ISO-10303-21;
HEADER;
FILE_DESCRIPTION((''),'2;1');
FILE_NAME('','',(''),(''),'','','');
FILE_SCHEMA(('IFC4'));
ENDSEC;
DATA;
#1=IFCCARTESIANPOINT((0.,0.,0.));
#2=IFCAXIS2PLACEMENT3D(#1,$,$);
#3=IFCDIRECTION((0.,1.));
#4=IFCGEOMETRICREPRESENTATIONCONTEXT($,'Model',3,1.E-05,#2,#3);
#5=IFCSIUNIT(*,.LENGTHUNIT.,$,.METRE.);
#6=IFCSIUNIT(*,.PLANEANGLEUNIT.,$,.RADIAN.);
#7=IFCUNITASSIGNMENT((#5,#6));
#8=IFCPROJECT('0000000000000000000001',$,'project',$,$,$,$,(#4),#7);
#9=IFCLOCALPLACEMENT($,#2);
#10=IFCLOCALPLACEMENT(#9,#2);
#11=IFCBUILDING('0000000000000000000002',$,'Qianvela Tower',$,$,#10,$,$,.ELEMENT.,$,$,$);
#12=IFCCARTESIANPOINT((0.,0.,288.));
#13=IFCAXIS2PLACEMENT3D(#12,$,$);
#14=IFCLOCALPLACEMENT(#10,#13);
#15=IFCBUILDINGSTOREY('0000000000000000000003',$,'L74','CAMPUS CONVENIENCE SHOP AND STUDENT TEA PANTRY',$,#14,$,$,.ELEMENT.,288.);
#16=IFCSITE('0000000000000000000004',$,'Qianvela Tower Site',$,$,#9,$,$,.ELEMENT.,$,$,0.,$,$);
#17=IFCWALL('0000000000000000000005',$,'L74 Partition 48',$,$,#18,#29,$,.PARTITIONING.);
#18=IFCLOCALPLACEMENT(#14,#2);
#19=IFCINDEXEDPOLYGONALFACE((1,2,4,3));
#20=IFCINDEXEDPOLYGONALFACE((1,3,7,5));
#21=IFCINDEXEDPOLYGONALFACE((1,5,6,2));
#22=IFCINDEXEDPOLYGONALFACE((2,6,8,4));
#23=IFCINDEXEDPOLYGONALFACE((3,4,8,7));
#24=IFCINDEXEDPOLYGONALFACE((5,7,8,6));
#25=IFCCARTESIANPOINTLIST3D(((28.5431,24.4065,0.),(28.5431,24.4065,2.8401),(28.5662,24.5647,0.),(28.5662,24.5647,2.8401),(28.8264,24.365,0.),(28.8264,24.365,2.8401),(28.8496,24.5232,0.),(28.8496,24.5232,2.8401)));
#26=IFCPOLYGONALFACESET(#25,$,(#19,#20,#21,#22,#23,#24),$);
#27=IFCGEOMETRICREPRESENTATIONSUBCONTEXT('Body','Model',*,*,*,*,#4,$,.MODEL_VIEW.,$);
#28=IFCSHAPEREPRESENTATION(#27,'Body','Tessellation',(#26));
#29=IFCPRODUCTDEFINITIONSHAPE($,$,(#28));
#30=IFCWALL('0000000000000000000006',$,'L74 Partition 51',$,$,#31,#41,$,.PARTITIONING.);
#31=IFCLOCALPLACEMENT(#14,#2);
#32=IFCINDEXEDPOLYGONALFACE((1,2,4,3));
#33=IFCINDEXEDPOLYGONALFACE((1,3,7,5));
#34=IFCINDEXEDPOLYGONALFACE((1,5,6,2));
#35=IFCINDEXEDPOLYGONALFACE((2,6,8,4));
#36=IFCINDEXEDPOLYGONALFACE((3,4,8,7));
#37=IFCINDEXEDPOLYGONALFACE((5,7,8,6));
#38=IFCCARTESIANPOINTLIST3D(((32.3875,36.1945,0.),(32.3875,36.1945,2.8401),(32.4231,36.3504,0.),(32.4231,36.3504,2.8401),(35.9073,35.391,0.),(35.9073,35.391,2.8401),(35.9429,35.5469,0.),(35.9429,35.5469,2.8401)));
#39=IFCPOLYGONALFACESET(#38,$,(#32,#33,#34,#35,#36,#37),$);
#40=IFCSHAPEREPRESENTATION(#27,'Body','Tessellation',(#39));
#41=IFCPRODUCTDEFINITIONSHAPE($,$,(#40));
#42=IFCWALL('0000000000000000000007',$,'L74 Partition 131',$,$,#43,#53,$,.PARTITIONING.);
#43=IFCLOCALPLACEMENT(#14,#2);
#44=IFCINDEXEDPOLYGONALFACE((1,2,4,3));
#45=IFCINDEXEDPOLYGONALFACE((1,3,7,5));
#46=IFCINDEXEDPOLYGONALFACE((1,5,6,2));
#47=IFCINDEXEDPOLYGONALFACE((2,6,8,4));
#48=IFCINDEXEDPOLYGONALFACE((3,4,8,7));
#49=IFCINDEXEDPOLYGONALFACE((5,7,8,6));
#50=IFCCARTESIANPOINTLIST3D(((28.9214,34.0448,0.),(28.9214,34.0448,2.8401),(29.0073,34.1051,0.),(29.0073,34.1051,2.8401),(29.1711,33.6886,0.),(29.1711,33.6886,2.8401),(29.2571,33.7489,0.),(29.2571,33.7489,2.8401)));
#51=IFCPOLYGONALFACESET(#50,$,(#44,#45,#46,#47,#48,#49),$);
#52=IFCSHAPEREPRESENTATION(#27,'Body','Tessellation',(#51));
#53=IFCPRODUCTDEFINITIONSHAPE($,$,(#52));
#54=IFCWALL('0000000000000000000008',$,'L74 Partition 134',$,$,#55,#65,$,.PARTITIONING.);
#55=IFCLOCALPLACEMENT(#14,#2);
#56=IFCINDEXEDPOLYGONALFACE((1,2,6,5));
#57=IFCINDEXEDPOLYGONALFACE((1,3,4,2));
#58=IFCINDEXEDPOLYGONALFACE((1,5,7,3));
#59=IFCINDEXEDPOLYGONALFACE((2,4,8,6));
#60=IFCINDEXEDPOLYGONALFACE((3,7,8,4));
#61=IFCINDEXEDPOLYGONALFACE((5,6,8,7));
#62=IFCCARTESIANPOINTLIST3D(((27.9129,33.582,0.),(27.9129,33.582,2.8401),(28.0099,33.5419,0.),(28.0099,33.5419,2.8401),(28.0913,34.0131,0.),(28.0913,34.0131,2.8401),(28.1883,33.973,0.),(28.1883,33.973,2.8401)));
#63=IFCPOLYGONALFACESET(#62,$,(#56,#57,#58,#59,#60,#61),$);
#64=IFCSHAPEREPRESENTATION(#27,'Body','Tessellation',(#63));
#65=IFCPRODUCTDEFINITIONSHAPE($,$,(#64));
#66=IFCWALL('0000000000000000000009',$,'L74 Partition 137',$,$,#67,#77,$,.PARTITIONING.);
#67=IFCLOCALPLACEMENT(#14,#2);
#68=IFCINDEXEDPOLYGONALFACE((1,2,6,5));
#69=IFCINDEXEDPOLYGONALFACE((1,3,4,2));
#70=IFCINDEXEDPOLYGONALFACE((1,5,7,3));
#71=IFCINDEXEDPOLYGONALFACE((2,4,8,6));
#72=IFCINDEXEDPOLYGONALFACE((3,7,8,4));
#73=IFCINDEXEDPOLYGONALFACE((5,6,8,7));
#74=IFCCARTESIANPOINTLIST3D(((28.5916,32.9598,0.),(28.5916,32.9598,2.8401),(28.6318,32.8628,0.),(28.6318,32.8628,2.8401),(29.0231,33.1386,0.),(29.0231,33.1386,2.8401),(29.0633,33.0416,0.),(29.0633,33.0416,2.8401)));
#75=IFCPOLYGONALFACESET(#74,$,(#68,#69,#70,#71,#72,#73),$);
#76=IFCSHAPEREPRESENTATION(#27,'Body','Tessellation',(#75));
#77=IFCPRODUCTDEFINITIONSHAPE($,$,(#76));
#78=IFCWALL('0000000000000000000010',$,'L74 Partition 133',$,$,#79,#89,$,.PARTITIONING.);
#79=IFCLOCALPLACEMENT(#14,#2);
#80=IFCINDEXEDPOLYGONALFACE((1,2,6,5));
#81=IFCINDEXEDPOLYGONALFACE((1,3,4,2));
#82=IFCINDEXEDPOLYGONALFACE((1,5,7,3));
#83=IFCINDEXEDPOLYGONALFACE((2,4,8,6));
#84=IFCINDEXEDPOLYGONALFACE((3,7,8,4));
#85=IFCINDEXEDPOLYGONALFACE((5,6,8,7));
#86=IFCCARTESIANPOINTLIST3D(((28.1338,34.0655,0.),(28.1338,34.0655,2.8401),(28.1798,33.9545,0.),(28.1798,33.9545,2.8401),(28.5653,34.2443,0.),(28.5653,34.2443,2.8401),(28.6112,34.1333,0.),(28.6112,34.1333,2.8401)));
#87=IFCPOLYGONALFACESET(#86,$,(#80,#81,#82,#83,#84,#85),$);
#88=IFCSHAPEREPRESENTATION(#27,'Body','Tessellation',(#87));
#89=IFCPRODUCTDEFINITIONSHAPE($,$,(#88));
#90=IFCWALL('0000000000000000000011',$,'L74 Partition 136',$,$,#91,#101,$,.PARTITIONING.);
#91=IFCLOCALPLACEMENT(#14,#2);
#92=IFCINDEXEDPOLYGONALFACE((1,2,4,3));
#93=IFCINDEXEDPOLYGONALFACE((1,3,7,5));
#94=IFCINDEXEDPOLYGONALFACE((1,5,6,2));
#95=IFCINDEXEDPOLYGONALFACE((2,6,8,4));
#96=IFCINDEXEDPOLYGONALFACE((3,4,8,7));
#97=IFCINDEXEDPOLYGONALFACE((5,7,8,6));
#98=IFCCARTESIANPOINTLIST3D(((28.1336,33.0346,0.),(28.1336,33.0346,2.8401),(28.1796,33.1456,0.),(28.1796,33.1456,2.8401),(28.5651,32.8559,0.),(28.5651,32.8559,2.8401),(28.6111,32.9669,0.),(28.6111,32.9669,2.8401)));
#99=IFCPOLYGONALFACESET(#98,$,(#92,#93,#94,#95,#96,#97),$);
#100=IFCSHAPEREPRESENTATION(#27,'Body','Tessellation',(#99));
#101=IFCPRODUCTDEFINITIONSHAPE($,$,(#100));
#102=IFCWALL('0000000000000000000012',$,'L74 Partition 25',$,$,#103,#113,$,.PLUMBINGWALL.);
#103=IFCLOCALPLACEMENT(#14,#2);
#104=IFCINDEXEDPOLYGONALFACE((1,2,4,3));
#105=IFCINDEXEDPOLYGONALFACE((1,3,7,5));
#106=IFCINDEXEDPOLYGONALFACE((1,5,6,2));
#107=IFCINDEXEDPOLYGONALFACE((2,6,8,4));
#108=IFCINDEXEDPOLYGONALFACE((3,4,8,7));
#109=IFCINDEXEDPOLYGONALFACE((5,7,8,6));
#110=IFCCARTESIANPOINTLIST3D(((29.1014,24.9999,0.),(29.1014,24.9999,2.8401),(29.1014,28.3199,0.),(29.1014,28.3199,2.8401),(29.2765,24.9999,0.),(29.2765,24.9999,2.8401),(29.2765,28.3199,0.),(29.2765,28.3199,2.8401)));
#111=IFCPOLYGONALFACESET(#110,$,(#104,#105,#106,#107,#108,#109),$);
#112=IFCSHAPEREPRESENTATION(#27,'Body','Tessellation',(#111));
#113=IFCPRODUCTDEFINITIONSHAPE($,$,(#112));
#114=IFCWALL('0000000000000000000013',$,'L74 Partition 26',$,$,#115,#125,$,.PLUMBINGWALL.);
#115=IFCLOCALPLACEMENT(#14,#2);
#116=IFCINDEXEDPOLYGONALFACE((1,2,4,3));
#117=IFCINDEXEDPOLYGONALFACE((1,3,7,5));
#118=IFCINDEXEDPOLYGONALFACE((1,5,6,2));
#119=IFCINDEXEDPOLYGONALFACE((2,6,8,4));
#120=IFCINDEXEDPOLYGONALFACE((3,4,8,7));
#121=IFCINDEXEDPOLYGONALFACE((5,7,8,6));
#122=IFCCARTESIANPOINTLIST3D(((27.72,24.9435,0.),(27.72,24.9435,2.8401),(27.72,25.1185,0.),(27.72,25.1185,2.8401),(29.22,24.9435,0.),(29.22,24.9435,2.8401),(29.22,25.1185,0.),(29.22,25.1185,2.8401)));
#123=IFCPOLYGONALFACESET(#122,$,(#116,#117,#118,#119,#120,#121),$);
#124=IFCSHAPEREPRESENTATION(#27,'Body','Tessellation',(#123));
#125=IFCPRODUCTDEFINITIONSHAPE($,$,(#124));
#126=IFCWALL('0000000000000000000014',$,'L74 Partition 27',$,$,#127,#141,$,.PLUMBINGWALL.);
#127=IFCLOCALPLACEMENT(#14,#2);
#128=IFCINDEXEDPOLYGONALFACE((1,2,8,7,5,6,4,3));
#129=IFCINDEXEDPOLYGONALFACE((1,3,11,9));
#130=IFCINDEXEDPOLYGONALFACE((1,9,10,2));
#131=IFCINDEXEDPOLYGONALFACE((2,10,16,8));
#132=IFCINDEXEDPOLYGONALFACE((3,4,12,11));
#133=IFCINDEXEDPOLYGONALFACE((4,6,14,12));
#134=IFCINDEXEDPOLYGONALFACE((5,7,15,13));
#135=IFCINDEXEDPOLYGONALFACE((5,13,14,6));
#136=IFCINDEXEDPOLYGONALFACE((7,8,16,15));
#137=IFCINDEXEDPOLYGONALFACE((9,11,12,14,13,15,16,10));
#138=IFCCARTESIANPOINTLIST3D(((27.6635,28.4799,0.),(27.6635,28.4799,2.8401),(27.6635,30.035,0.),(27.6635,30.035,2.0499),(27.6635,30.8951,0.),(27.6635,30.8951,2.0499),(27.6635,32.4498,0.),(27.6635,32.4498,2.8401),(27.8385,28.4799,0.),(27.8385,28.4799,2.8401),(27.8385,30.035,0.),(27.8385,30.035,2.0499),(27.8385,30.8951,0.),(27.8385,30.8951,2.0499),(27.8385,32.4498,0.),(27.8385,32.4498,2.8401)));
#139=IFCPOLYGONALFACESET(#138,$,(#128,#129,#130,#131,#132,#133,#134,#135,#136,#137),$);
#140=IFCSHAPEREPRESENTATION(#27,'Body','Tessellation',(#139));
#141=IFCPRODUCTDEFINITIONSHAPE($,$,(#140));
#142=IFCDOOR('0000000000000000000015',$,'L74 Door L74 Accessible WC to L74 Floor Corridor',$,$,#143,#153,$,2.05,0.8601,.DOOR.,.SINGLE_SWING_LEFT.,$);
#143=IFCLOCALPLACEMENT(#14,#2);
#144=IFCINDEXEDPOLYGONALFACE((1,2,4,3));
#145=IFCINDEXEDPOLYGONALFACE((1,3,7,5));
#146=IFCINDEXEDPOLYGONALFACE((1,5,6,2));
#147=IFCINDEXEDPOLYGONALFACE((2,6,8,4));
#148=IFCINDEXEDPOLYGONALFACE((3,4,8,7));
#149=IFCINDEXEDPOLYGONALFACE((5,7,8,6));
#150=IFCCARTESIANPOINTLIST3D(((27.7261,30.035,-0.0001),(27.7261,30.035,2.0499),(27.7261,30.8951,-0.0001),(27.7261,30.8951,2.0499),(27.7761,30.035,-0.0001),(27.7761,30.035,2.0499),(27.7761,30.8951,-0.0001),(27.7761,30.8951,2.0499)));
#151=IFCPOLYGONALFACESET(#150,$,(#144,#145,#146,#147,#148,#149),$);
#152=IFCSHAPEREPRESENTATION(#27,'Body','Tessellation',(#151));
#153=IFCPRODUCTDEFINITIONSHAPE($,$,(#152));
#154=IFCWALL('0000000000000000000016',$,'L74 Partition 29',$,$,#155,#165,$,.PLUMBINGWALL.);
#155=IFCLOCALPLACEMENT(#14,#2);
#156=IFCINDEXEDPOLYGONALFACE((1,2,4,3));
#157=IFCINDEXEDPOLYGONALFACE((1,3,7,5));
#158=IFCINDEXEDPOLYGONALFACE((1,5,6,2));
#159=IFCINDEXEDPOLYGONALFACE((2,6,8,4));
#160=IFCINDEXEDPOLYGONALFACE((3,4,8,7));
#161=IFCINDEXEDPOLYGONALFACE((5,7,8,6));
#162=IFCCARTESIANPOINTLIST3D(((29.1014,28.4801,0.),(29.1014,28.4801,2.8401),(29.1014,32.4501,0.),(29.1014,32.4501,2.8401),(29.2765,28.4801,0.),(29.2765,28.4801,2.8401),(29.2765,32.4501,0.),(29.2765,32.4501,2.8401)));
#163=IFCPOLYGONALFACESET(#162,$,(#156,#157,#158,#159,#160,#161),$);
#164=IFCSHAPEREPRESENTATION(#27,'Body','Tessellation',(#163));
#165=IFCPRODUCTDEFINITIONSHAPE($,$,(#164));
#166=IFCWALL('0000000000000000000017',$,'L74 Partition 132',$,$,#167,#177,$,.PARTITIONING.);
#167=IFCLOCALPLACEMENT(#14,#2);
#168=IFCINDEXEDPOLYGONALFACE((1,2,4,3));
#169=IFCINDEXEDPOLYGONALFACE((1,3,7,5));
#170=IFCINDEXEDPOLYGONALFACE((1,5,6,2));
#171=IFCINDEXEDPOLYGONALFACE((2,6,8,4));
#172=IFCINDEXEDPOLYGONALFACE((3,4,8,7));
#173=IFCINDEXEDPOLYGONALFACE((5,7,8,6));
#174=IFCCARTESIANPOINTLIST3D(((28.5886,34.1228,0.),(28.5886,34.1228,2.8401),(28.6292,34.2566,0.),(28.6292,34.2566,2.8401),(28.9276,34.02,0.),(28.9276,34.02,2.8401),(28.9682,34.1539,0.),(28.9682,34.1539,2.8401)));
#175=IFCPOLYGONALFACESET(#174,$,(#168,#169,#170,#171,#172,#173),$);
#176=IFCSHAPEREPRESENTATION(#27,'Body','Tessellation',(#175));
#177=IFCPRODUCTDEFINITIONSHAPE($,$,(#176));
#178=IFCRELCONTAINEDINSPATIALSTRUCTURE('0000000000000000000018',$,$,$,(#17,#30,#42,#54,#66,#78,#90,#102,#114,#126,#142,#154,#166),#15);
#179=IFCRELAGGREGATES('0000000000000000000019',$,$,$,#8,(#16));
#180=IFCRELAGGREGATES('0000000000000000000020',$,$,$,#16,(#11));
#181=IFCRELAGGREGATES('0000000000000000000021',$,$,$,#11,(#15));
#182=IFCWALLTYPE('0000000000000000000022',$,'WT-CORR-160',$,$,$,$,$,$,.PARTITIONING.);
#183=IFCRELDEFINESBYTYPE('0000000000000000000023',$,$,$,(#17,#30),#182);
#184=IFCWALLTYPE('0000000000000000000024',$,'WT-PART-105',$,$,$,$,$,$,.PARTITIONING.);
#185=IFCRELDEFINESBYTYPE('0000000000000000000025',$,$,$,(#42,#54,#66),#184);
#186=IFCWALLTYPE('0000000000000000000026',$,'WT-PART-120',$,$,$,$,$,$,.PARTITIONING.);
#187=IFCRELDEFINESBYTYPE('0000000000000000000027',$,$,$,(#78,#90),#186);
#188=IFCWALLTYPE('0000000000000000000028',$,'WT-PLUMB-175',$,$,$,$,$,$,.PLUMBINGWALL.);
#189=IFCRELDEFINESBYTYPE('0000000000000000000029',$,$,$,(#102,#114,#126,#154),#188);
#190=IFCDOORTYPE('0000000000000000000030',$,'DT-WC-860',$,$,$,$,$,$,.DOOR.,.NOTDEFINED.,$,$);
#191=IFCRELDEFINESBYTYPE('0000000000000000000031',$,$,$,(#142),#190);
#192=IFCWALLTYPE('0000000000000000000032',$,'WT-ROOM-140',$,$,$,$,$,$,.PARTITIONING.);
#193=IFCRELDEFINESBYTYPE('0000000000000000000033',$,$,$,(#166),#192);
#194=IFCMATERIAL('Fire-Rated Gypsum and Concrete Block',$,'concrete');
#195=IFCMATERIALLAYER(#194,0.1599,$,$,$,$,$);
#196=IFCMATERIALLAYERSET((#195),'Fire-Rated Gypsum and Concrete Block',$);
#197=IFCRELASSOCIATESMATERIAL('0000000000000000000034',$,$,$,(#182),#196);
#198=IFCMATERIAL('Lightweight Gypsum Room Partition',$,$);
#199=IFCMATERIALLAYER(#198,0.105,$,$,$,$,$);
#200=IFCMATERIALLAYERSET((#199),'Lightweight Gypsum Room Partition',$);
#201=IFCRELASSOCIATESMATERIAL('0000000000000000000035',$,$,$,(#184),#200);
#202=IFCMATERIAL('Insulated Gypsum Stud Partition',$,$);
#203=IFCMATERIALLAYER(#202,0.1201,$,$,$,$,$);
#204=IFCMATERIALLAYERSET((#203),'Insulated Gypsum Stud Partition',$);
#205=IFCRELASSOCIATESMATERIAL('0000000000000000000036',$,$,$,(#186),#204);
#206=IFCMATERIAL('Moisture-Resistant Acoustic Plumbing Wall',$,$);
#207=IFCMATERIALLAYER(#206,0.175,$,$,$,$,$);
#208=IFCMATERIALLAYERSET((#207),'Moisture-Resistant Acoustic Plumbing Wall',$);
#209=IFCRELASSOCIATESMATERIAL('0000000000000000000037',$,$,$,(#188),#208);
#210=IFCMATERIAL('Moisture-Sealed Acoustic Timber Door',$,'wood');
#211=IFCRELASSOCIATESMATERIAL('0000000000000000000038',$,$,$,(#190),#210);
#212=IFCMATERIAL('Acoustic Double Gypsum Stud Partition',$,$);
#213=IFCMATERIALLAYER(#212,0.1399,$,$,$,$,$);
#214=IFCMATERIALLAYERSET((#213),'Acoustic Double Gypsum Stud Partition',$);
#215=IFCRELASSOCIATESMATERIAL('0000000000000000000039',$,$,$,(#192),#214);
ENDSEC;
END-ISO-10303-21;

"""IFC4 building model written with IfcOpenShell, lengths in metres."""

from ifc_helpers import new_model, si_unit, direction, frame, frame_2d, origin, place, context, subcontext, project, spatial, rectangle, extrude, material, layer, layer_set, type_object, element, fill, save


model = new_model("IFC4")

# Units and contexts
model_context = context("Model", 3, precision=1e-05, world=origin(), true_north=direction((0.0, 1.0)))
body_context = subcontext(model_context, "Body", "Model", "MODEL_VIEW")
ifc_project = project(units=[si_unit("LENGTHUNIT", "METRE"), si_unit("PLANEANGLEUNIT", "RADIAN")], contexts=[model_context])

# Site, building, storey
site_placement = place(None, origin())
site = spatial("IfcSite", under=ifc_project, at=site_placement, Name="Qianvela Tower Site", CompositionType="ELEMENT", RefElevation=0.0)
building_placement = place(site_placement, origin())
building = spatial("IfcBuilding", under=site, at=building_placement, Name="Qianvela Tower", CompositionType="ELEMENT")
storey_placement = place(building_placement, frame((0.0, 0.0, 288.0)))
storey = spatial("IfcBuildingStorey", under=building, at=storey_placement, Name="L74", Description="CAMPUS CONVENIENCE SHOP AND STUDENT TEA PANTRY", CompositionType="ELEMENT", Elevation=288.0)

# Walls
ifc_material_1 = material(Name="Fire-Rated Gypsum and Concrete Block", Category="concrete")
ifc_layer_1 = layer(ifc_material_1, 0.1599)
ifc_layer_set_1 = layer_set([ifc_layer_1], Name="Fire-Rated Gypsum and Concrete Block")
wall_type_1 = type_object("IfcWallType", Name="WT-CORR-160", PredefinedType="PARTITIONING", material=ifc_layer_set_1)
wall_1_placement = place(storey_placement, frame((28.8379, 24.4441, 0.0), z_axis=(0.0, 0.0, 1.0), x_axis=(-0.989449, 0.144881, 0.0)))
element("IfcWall", 1, at=wall_1_placement, inside=storey, type_object=wall_type_1, Name="L74 Partition 48", PredefinedType="PARTITIONING", context=body_context, shape_type="SweptSolid", body=[
    extrude(rectangle(XDim=0.2864, YDim=0.1599, at=frame_2d((0.1431, 0.0))), origin(), (0.0, 0.0, 1.0), 2.8401),
])
wall_2_placement = place(storey_placement, frame((32.4053, 36.2725, 0.0), z_axis=(0.0, 0.0, 1.0), x_axis=(0.974922, -0.222548, 0.0)))
element("IfcWall", 2, at=wall_2_placement, inside=storey, type_object=wall_type_1, Name="L74 Partition 51", PredefinedType="PARTITIONING", context=body_context, shape_type="SweptSolid", body=[
    extrude(rectangle(XDim=3.6104, YDim=0.1599, at=frame_2d((1.8052, 0.0))), origin(), (0.0, 0.0, 1.0), 2.8401),
])
ifc_material_2 = material(Name="Lightweight Gypsum Room Partition")
ifc_layer_2 = layer(ifc_material_2, 0.105)
ifc_layer_set_2 = layer_set([ifc_layer_2], Name="Lightweight Gypsum Room Partition")
wall_type_2 = type_object("IfcWallType", Name="WT-PART-105", PredefinedType="PARTITIONING", material=ifc_layer_set_2)
wall_3_placement = place(storey_placement, frame((29.2141, 33.7188, 0.0), z_axis=(0.0, 0.0, 1.0), x_axis=(-0.574102, 0.818783, 0.0)))
element("IfcWall", 3, at=wall_3_placement, inside=storey, type_object=wall_type_2, Name="L74 Partition 131", PredefinedType="PARTITIONING", context=body_context, shape_type="SweptSolid", body=[
    extrude(rectangle(XDim=0.4351, YDim=0.105, at=frame_2d((0.2175, 0.0))), origin(), (0.0, 0.0, 1.0), 2.8401),
])
wall_4_placement = place(storey_placement, frame((28.1399, 33.9932, 0.0), z_axis=(0.0, 0.0, 1.0), x_axis=(-0.38246, -0.923972, 0.0)))
element("IfcWall", 4, at=wall_4_placement, inside=storey, type_object=wall_type_2, Name="L74 Partition 134", PredefinedType="PARTITIONING", context=body_context, shape_type="SweptSolid", body=[
    extrude(rectangle(XDim=0.4666, YDim=0.105, at=frame_2d((0.2334, 0.0))), origin(), (0.0, 0.0, 1.0), 2.8401),
])
wall_5_placement = place(storey_placement, frame((28.6118, 32.9114, 0.0), z_axis=(0.0, 0.0, 1.0), x_axis=(0.923864, 0.382721, 0.0)))
element("IfcWall", 5, at=wall_5_placement, inside=storey, type_object=wall_type_2, Name="L74 Partition 137", PredefinedType="PARTITIONING", context=body_context, shape_type="SweptSolid", body=[
    extrude(rectangle(XDim=0.467, YDim=0.105, at=frame_2d((0.2334, 0.0))), origin(), (0.0, 0.0, 1.0), 2.8401),
])
ifc_material_3 = material(Name="Insulated Gypsum Stud Partition")
ifc_layer_3 = layer(ifc_material_3, 0.1201)
ifc_layer_set_3 = layer_set([ifc_layer_3], Name="Insulated Gypsum Stud Partition")
wall_type_3 = type_object("IfcWallType", Name="WT-PART-120", PredefinedType="PARTITIONING", material=ifc_layer_set_3)
for number, where, z_axis, x_axis, name in (
    (6, (28.5881, 34.1887, 0.0), (0.0, 0.0, 1.0), (-0.923864, -0.382721, 0.0), "L74 Partition 133"),
    (7, (28.1567, 33.0901, 0.0), (0.0, 0.0, 1.0), (0.923864, -0.382721, 0.0), "L74 Partition 136"),
):
    element("IfcWall", number, at=place(storey_placement, frame(where, z_axis=z_axis, x_axis=x_axis)), inside=storey, type_object=wall_type_3, Name=name, PredefinedType="PARTITIONING", context=body_context, shape_type="SweptSolid", body=[
        extrude(rectangle(XDim=0.467, YDim=0.1201, at=frame_2d((0.2334, 0.0))), origin(), (0.0, 0.0, 1.0), 2.8401),
    ])
ifc_material_4 = material(Name="Moisture-Resistant Acoustic Plumbing Wall")
ifc_layer_4 = layer(ifc_material_4, 0.175)
ifc_layer_set_4 = layer_set([ifc_layer_4], Name="Moisture-Resistant Acoustic Plumbing Wall")
wall_type_4 = type_object("IfcWallType", Name="WT-PLUMB-175", PredefinedType="PLUMBINGWALL", material=ifc_layer_set_4)
wall_6_placement = place(storey_placement, frame((29.189, 28.3201, 0.0), z_axis=(0.0, 0.0, 1.0), x_axis=(0.0, -1.0, 0.0)))
element("IfcWall", 8, at=wall_6_placement, inside=storey, type_object=wall_type_4, Name="L74 Partition 25", PredefinedType="PLUMBINGWALL", context=body_context, shape_type="SweptSolid", body=[
    extrude(rectangle(XDim=3.3201, YDim=0.175, at=frame_2d((1.6602, 0.0))), origin(), (0.0, 0.0, 1.0), 2.8401),
])
wall_7_placement = place(storey_placement, frame((29.22, 25.031, 0.0), z_axis=(0.0, 0.0, 1.0), x_axis=(-1.0, 0.0, 0.0)))
element("IfcWall", 9, at=wall_7_placement, inside=storey, type_object=wall_type_4, Name="L74 Partition 26", PredefinedType="PLUMBINGWALL", context=body_context, shape_type="SweptSolid", body=[
    extrude(rectangle(XDim=1.5, YDim=0.175, at=frame_2d((0.75, 0.0))), origin(), (0.0, 0.0, 1.0), 2.8401),
])

# Wall, opening, door
wall_8_placement = place(storey_placement, frame((27.751, 28.48, 0.0), z_axis=(0.0, 0.0, 1.0), x_axis=(0.0, 1.0, 0.0)))
wall_8 = element("IfcWall", 10, at=wall_8_placement, inside=storey, type_object=wall_type_4, Name="L74 Partition 27", PredefinedType="PLUMBINGWALL", context=body_context, shape_type="SweptSolid", body=[
    extrude(rectangle(XDim=3.97, YDim=0.175, at=frame_2d((1.9849, 0.0))), origin(), (0.0, 0.0, 1.0), 2.8401),
])
opening_1_placement = place(wall_8_placement, frame((1.5549, 0.0, 0.0)))
opening_1 = element("IfcOpeningElement", 11, at=opening_1_placement, cuts=wall_8, PredefinedType="OPENING", context=body_context, shape_type="SweptSolid", body=[
    extrude(rectangle(XDim=0.8601, YDim=2.05, at=frame_2d((0.4302, 1.0249))), frame((0.0, 0.0974, 0.0), z_axis=(0.0, -1.0, 0.0), x_axis=(1.0, 0.0, 0.0)), (0.0, 0.0, 1.0), 0.1951),
])
ifc_material_5 = material(Name="Moisture-Sealed Acoustic Timber Door", Category="wood")
door_type_1 = type_object("IfcDoorType", Name="DT-WC-860", OperationType="NOTDEFINED", PredefinedType="DOOR", material=ifc_material_5)
door_1_placement = place(opening_1_placement, origin())
door_1 = element("IfcDoor", 12, at=door_1_placement, inside=storey, type_object=door_type_1, Name="L74 Door L74 Accessible WC to L74 Floor Corridor", OperationType="SINGLE_SWING_LEFT", OverallHeight=2.05, OverallWidth=0.8601, PredefinedType="DOOR", context=body_context, shape_type="SweptSolid", body=[
    extrude(rectangle(XDim=0.8601, YDim=2.05, at=frame_2d((0.4302, 1.0249))), frame((0.0, 0.0249, 0.0), z_axis=(0.0, -1.0, 0.0), x_axis=(1.0, 0.0, 0.0)), (0.0, 0.0, 1.0), 0.05),
])
fill(opening_1, door_1)

# Walls
wall_9_placement = place(storey_placement, frame((29.189, 32.45, 0.0), z_axis=(0.0, 0.0, 1.0), x_axis=(0.0, -1.0, 0.0)))
element("IfcWall", 13, at=wall_9_placement, inside=storey, type_object=wall_type_4, Name="L74 Partition 29", PredefinedType="PLUMBINGWALL", context=body_context, shape_type="SweptSolid", body=[
    extrude(rectangle(XDim=3.97, YDim=0.175, at=frame_2d((1.9849, 0.0))), origin(), (0.0, 0.0, 1.0), 2.8401),
])
ifc_material_6 = material(Name="Acoustic Double Gypsum Stud Partition")
ifc_layer_5 = layer(ifc_material_6, 0.1399)
ifc_layer_set_5 = layer_set([ifc_layer_5], Name="Acoustic Double Gypsum Stud Partition")
wall_type_5 = type_object("IfcWallType", Name="WT-ROOM-140", PredefinedType="PARTITIONING", material=ifc_layer_set_5)
wall_10_placement = place(storey_placement, frame((28.948, 34.0869, 0.0), z_axis=(0.0, 0.0, 1.0), x_axis=(-0.957007, 0.290065, 0.0)))
element("IfcWall", 14, at=wall_10_placement, inside=storey, type_object=wall_type_5, Name="L74 Partition 132", PredefinedType="PARTITIONING", context=body_context, shape_type="SweptSolid", body=[
    extrude(rectangle(XDim=0.3542, YDim=0.1399, at=frame_2d((0.1772, 0.0))), origin(), (0.0, 0.0, 1.0), 2.8401),
])

save(model, "model.ifc")
